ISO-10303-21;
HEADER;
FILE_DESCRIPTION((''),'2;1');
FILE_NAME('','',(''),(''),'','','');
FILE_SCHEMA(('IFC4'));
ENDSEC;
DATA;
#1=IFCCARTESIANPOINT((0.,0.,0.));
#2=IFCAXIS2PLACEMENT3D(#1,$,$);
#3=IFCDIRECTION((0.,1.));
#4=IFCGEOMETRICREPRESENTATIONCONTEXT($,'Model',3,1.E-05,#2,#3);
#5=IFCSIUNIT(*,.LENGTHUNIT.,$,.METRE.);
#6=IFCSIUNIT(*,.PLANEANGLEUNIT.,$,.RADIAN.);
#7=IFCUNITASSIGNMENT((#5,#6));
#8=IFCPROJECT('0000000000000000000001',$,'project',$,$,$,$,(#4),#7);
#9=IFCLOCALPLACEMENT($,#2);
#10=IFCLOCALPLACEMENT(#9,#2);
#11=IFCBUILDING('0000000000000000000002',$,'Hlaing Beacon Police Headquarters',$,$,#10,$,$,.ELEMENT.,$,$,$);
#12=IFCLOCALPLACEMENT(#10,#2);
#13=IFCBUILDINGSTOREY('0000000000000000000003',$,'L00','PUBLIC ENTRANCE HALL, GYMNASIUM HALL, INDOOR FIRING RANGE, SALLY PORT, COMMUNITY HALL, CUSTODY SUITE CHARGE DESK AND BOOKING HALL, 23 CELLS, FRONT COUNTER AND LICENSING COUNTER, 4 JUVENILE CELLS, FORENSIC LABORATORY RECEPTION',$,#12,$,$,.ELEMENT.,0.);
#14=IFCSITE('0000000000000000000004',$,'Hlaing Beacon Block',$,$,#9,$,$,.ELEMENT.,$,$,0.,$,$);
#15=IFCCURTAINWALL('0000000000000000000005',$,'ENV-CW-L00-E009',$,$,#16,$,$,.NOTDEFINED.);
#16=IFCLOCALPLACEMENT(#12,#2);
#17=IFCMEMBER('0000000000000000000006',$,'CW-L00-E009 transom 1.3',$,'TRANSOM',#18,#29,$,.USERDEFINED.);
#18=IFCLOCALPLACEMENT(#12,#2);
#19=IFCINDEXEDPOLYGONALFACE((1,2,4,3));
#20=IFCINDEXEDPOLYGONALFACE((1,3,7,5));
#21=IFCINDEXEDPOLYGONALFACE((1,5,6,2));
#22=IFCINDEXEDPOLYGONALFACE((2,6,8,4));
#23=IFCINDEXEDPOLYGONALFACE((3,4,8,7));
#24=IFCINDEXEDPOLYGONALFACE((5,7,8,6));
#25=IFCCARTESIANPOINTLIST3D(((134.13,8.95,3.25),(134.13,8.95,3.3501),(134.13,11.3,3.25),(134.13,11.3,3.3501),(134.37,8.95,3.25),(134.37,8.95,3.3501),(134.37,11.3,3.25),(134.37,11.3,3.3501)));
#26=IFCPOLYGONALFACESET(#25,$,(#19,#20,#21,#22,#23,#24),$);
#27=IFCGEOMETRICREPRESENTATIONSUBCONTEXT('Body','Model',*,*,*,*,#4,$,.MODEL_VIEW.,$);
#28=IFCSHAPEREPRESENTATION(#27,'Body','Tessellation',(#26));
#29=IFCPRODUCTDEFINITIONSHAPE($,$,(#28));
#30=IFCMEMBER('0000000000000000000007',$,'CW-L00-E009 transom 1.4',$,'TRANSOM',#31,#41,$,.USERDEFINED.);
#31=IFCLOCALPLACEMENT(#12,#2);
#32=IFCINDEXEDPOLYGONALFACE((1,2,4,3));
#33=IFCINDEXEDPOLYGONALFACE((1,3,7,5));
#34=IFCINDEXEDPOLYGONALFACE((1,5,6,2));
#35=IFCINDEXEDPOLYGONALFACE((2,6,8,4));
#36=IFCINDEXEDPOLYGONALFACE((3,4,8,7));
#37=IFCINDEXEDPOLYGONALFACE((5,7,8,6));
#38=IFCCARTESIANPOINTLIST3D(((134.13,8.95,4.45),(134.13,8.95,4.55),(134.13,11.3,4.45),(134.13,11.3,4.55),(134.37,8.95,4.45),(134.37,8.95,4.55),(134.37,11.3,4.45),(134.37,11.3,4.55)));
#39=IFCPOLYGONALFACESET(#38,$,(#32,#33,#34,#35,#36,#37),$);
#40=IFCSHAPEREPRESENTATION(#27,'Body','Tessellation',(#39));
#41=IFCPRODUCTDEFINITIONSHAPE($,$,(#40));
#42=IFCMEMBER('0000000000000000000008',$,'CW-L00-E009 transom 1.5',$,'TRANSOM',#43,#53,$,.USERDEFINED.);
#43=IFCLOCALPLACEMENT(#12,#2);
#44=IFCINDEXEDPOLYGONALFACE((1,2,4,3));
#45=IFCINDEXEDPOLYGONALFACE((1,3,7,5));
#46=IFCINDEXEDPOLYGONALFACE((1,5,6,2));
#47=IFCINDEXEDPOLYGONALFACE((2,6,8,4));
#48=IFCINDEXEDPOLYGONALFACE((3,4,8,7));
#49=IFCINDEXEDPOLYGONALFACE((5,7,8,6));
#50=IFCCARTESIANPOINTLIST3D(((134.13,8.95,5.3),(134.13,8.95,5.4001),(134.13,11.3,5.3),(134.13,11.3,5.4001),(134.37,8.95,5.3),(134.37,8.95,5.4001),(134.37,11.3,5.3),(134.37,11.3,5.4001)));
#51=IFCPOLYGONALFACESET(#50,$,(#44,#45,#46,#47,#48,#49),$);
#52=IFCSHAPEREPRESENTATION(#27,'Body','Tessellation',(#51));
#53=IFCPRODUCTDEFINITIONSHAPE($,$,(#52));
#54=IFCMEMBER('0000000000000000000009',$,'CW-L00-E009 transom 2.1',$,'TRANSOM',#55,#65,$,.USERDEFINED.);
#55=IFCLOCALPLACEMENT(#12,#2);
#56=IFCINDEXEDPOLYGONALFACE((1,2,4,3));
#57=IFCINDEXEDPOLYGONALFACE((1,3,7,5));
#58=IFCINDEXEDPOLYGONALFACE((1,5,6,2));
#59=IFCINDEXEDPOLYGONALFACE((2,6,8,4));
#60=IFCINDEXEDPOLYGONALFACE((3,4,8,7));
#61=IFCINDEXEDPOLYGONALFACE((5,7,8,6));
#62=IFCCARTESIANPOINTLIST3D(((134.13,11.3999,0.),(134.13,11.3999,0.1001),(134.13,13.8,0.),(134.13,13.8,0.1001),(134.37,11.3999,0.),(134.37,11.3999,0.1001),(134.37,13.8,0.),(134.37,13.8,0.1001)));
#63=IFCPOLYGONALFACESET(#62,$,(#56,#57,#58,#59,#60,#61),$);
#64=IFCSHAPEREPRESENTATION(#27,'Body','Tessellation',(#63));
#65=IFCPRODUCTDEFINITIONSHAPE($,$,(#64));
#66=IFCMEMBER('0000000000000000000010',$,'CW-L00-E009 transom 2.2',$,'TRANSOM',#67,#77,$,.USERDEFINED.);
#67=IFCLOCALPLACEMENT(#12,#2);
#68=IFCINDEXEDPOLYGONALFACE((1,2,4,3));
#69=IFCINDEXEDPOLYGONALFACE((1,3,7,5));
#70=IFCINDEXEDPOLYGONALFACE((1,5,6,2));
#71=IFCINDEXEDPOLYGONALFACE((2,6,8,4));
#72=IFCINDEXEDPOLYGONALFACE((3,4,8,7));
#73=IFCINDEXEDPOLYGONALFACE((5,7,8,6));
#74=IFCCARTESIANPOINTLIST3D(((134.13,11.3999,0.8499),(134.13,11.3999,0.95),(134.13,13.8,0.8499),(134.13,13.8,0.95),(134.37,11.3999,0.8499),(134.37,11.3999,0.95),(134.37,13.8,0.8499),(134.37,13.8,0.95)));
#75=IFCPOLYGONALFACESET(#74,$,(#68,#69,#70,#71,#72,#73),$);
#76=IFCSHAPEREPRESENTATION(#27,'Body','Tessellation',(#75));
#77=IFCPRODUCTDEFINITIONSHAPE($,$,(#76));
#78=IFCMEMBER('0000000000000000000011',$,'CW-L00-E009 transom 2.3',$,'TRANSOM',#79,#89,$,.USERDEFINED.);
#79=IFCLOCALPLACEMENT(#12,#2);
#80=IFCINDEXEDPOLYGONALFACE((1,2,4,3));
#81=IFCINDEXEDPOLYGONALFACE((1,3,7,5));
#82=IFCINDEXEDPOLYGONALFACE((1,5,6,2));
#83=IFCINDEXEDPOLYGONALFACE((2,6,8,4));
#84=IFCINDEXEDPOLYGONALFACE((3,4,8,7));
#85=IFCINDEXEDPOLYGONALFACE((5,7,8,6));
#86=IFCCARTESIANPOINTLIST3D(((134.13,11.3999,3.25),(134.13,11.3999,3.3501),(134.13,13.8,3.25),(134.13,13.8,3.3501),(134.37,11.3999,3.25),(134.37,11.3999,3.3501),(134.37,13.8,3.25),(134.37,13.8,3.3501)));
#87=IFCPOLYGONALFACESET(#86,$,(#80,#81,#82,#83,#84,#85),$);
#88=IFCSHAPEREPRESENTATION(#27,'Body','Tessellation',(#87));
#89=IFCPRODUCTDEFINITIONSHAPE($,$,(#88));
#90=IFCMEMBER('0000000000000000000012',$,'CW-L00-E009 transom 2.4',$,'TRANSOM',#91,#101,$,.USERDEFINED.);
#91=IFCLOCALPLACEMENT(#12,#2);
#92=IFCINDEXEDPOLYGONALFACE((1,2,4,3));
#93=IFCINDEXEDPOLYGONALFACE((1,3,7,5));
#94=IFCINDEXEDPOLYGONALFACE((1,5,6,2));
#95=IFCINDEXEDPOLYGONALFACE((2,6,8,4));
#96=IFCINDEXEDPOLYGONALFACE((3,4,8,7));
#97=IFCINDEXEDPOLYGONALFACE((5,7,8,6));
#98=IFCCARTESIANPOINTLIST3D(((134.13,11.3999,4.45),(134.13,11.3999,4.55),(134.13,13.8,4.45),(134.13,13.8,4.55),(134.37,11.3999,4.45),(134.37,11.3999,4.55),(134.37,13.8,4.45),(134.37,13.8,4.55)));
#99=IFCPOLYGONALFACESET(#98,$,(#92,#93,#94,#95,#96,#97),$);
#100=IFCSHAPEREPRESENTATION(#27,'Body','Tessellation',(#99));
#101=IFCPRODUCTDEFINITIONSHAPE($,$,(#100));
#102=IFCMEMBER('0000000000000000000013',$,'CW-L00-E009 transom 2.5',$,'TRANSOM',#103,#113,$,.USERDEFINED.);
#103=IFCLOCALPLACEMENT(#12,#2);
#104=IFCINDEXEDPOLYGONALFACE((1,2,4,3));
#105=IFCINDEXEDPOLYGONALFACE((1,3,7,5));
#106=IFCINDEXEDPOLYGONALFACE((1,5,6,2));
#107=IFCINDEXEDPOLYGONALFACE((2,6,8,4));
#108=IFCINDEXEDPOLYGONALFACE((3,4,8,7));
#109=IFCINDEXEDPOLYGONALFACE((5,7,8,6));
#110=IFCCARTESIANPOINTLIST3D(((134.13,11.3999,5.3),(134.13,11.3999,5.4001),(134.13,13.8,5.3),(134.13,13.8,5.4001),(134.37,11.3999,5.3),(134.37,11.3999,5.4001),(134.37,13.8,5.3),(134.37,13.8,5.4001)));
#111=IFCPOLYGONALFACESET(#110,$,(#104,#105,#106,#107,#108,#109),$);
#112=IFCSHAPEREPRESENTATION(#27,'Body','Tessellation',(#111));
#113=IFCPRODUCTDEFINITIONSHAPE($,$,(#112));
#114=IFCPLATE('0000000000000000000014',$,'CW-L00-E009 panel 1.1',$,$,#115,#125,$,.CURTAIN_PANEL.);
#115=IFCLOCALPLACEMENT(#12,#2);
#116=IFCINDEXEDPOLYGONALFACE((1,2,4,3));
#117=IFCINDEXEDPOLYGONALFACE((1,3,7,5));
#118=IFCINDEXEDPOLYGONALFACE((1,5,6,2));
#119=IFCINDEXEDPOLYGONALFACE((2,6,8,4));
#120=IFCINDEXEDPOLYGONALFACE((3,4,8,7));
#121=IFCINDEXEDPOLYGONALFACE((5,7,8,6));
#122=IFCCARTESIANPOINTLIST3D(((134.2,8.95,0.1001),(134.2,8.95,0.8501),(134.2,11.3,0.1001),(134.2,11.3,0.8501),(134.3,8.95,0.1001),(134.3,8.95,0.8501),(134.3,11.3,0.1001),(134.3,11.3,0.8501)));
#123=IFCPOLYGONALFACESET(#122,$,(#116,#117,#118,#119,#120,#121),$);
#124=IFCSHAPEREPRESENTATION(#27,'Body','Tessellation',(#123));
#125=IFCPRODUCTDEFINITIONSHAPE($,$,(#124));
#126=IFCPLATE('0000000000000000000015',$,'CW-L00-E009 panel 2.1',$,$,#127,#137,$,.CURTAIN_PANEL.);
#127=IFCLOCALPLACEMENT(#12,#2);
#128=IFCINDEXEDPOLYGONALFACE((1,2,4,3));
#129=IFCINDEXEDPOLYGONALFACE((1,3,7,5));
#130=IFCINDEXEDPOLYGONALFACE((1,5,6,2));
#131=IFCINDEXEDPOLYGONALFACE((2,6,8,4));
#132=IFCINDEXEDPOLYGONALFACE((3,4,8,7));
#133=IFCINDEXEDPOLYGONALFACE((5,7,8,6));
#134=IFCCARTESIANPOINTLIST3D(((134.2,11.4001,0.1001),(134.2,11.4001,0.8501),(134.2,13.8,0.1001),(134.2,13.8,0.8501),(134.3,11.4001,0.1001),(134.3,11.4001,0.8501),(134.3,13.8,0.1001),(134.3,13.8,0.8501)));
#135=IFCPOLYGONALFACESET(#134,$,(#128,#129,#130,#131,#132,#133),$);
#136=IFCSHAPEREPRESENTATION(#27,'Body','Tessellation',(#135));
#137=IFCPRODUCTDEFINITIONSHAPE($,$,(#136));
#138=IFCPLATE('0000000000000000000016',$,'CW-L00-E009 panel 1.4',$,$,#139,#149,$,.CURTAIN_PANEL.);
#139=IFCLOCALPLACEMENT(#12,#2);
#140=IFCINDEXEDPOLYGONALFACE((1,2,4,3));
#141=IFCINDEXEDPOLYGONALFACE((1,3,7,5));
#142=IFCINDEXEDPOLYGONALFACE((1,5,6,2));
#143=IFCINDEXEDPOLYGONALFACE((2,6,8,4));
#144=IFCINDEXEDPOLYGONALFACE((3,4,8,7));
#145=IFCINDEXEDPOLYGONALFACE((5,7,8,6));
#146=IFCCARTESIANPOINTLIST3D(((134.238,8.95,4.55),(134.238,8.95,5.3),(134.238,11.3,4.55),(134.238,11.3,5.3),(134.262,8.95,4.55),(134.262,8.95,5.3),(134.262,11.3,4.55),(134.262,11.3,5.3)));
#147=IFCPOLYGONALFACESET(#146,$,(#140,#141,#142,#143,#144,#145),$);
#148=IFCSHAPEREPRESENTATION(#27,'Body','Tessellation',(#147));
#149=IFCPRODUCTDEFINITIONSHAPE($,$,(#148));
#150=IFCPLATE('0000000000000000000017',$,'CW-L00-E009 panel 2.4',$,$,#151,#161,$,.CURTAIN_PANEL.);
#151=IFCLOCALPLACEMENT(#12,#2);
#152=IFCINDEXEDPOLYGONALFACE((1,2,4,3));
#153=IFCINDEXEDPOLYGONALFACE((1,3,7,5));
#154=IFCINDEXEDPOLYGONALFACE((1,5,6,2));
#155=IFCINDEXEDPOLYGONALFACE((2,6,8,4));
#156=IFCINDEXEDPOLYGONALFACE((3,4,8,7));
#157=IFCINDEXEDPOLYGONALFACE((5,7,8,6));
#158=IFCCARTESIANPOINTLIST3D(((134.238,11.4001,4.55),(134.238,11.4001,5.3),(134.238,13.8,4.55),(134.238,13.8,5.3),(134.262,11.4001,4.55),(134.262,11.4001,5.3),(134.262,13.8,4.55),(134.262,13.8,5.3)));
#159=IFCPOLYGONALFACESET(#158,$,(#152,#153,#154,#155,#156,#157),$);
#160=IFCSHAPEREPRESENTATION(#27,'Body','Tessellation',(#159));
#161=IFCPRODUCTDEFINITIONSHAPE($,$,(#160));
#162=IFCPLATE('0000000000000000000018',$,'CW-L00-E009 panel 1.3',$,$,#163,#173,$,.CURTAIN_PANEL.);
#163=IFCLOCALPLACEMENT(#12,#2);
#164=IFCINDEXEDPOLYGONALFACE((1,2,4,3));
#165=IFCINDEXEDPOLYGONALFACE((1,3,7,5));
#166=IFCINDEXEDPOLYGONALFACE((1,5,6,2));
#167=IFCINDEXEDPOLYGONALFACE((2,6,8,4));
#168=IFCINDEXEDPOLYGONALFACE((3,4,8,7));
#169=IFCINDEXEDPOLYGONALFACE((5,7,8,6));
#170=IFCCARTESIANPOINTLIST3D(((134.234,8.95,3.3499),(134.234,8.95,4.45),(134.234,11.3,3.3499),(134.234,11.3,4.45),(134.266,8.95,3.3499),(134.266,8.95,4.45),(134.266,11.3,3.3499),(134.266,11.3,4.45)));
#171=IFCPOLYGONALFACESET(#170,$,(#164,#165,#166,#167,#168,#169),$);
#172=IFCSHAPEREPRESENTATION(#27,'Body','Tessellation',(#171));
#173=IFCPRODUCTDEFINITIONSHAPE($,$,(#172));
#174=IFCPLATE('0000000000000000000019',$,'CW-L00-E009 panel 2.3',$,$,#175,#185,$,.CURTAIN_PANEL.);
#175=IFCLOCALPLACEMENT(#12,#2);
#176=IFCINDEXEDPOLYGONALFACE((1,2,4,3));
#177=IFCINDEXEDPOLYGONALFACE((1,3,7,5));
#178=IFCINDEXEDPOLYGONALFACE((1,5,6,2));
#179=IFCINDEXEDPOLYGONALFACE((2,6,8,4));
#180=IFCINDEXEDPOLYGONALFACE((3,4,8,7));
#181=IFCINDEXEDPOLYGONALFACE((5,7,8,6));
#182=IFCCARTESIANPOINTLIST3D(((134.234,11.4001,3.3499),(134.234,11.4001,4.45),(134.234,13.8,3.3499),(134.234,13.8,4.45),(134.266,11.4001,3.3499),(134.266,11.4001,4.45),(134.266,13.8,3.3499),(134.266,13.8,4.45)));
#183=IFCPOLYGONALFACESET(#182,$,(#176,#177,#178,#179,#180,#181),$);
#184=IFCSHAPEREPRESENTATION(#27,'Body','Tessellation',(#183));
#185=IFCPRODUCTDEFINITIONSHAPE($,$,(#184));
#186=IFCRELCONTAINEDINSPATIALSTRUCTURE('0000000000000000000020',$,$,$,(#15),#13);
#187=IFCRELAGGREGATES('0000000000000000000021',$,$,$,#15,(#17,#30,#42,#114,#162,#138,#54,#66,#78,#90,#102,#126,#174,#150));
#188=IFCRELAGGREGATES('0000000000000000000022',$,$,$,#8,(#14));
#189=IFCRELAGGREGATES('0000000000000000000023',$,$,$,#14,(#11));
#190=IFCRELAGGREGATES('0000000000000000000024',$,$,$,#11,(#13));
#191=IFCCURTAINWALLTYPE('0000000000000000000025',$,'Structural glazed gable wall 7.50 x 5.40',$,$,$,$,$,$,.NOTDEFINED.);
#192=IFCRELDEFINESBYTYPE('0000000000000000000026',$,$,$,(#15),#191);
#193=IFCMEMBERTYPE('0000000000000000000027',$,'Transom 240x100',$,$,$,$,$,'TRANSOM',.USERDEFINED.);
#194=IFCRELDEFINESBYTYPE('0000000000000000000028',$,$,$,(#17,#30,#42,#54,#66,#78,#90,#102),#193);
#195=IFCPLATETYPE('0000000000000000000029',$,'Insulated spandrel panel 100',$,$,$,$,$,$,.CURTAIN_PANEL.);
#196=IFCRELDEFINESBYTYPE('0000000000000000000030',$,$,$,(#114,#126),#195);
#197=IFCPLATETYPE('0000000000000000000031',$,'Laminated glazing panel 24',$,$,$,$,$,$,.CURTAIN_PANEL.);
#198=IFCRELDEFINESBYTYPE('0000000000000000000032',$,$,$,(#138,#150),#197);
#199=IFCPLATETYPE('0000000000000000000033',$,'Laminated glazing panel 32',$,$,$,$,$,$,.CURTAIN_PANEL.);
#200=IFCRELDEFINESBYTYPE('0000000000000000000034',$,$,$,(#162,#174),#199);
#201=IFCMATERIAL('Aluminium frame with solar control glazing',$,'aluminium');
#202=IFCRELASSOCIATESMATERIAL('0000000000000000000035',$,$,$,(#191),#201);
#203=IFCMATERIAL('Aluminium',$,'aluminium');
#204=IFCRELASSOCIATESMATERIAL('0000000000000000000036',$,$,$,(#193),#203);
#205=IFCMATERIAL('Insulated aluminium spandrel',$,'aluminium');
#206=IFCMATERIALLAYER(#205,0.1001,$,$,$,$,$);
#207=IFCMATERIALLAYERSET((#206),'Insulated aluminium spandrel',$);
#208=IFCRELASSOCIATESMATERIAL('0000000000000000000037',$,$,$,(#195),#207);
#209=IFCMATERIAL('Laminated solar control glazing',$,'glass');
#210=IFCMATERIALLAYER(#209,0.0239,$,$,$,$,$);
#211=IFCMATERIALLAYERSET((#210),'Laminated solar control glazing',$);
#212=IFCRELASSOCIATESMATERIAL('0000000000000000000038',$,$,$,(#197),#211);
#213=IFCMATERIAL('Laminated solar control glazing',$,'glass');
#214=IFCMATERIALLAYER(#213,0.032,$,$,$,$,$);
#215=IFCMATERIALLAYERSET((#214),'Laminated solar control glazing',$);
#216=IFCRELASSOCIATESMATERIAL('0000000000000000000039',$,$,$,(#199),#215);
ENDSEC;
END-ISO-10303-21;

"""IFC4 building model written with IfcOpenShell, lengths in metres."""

from ifc_helpers import new_model, si_unit, direction, frame, origin, origin_2d, place, context, subcontext, project, spatial, rectangle, extrude, material, layer, layer_set, material_profile, profile_set, type_object, element, aggregate, save


model = new_model("IFC4")

# Units and contexts
model_context = context("Model", 3, precision=1e-05, world=origin(), true_north=direction((0.0, 1.0)))
body_context = subcontext(model_context, "Body", "Model", "MODEL_VIEW")
ifc_project = project(units=[si_unit("LENGTHUNIT", "METRE"), si_unit("PLANEANGLEUNIT", "RADIAN")], contexts=[model_context])

# Site, building, storey
site_placement = place(None, origin())
site = spatial("IfcSite", under=ifc_project, at=site_placement, Name="Hlaing Beacon Block", CompositionType="ELEMENT", RefElevation=0.0)
building_placement = place(site_placement, origin())
building = spatial("IfcBuilding", under=site, at=building_placement, Name="Hlaing Beacon Police Headquarters", CompositionType="ELEMENT")
storey_placement = place(building_placement, origin())
storey = spatial("IfcBuildingStorey", under=building, at=storey_placement, Name="L00", Description="PUBLIC ENTRANCE HALL, GYMNASIUM HALL, INDOOR FIRING RANGE, SALLY PORT, COMMUNITY HALL, CUSTODY SUITE CHARGE DESK AND BOOKING HALL, 23 CELLS, FRONT COUNTER AND LICENSING COUNTER, 4 JUVENILE CELLS, FORENSIC LABORATORY RECEPTION", CompositionType="ELEMENT", Elevation=0.0)

# Curtain wall, members, plates
ifc_material_1 = material(Name="Aluminium frame with solar control glazing", Category="aluminium")
curtain_wall_type = type_object("IfcCurtainWallType", Name="Structural glazed gable wall 7.50 x 5.40", PredefinedType="NOTDEFINED", material=ifc_material_1)
curtain_wall_placement = place(storey_placement, origin())
curtain_wall = element("IfcCurtainWall", 1, at=curtain_wall_placement, inside=storey, type_object=curtain_wall_type, Name="ENV-CW-L00-E009", PredefinedType="NOTDEFINED")
ifc_material_2 = material(Name="Aluminium", Category="aluminium")
ifc_material_profile_1 = material_profile(ifc_material_2, rectangle(XDim=0.24, YDim=0.1001, at=origin_2d()), Name="Transom 240x100")
ifc_profile_set_1 = profile_set([ifc_material_profile_1], Name="Aluminium")
member_type_1 = type_object("IfcMemberType", Name="Transom 240x100", ElementType="TRANSOM", PredefinedType="USERDEFINED", material=ifc_profile_set_1)
member_1_placement = place(storey_placement, frame((134.25, 8.95, 3.3), z_axis=(0.0, 1.0, 0.0), x_axis=(-1.0, 0.0, 0.0)))
member_1 = element("IfcMember", 2, at=member_1_placement, type_object=member_type_1, Name="CW-L00-E009 transom 1.3", ObjectType="TRANSOM", PredefinedType="USERDEFINED", context=body_context, shape_type="SweptSolid", body=[
    extrude(rectangle(XDim=0.24, YDim=0.1001, at=origin_2d()), origin(), (0.0, 0.0, 1.0), 2.3501),
])
member_2_placement = place(storey_placement, frame((134.25, 8.95, 4.5), z_axis=(0.0, 1.0, 0.0), x_axis=(-1.0, 0.0, 0.0)))
member_2 = element("IfcMember", 3, at=member_2_placement, type_object=member_type_1, Name="CW-L00-E009 transom 1.4", ObjectType="TRANSOM", PredefinedType="USERDEFINED", context=body_context, shape_type="SweptSolid", body=[
    extrude(rectangle(XDim=0.24, YDim=0.1001, at=origin_2d()), origin(), (0.0, 0.0, 1.0), 2.3501),
])
member_3_placement = place(storey_placement, frame((134.25, 8.95, 5.3501), z_axis=(0.0, 1.0, 0.0), x_axis=(-1.0, 0.0, 0.0)))
member_3 = element("IfcMember", 4, at=member_3_placement, type_object=member_type_1, Name="CW-L00-E009 transom 1.5", ObjectType="TRANSOM", PredefinedType="USERDEFINED", context=body_context, shape_type="SweptSolid", body=[
    extrude(rectangle(XDim=0.24, YDim=0.1001, at=origin_2d()), origin(), (0.0, 0.0, 1.0), 2.3501),
])
member_4_placement = place(storey_placement, frame((134.25, 11.3999, 0.05), z_axis=(0.0, 1.0, 0.0), x_axis=(-1.0, 0.0, 0.0)))
member_4 = element("IfcMember", 5, at=member_4_placement, type_object=member_type_1, Name="CW-L00-E009 transom 2.1", ObjectType="TRANSOM", PredefinedType="USERDEFINED", context=body_context, shape_type="SweptSolid", body=[
    extrude(rectangle(XDim=0.24, YDim=0.1001, at=origin_2d()), origin(), (0.0, 0.0, 1.0), 2.4001),
])
member_5_placement = place(storey_placement, frame((134.25, 11.3999, 0.8999), z_axis=(0.0, 1.0, 0.0), x_axis=(-1.0, 0.0, 0.0)))
member_5 = element("IfcMember", 6, at=member_5_placement, type_object=member_type_1, Name="CW-L00-E009 transom 2.2", ObjectType="TRANSOM", PredefinedType="USERDEFINED", context=body_context, shape_type="SweptSolid", body=[
    extrude(rectangle(XDim=0.24, YDim=0.1001, at=origin_2d()), origin(), (0.0, 0.0, 1.0), 2.4001),
])
member_6_placement = place(storey_placement, frame((134.25, 11.3999, 3.3), z_axis=(0.0, 1.0, 0.0), x_axis=(-1.0, 0.0, 0.0)))
member_6 = element("IfcMember", 7, at=member_6_placement, type_object=member_type_1, Name="CW-L00-E009 transom 2.3", ObjectType="TRANSOM", PredefinedType="USERDEFINED", context=body_context, shape_type="SweptSolid", body=[
    extrude(rectangle(XDim=0.24, YDim=0.1001, at=origin_2d()), origin(), (0.0, 0.0, 1.0), 2.4001),
])
member_7_placement = place(storey_placement, frame((134.25, 11.3999, 4.5), z_axis=(0.0, 1.0, 0.0), x_axis=(-1.0, 0.0, 0.0)))
member_7 = element("IfcMember", 8, at=member_7_placement, type_object=member_type_1, Name="CW-L00-E009 transom 2.4", ObjectType="TRANSOM", PredefinedType="USERDEFINED", context=body_context, shape_type="SweptSolid", body=[
    extrude(rectangle(XDim=0.24, YDim=0.1001, at=origin_2d()), origin(), (0.0, 0.0, 1.0), 2.4001),
])
member_8_placement = place(storey_placement, frame((134.25, 11.3999, 5.3501), z_axis=(0.0, 1.0, 0.0), x_axis=(-1.0, 0.0, 0.0)))
member_8 = element("IfcMember", 9, at=member_8_placement, type_object=member_type_1, Name="CW-L00-E009 transom 2.5", ObjectType="TRANSOM", PredefinedType="USERDEFINED", context=body_context, shape_type="SweptSolid", body=[
    extrude(rectangle(XDim=0.24, YDim=0.1001, at=origin_2d()), origin(), (0.0, 0.0, 1.0), 2.4001),
])
ifc_material_3 = material(Name="Insulated aluminium spandrel", Category="aluminium")
ifc_layer_1 = layer(ifc_material_3, 0.1001)
ifc_layer_set_1 = layer_set([ifc_layer_1], Name="Insulated aluminium spandrel")
plate_type_1 = type_object("IfcPlateType", Name="Insulated spandrel panel 100", PredefinedType="CURTAIN_PANEL", material=ifc_layer_set_1)
plate_1_placement = place(storey_placement, frame((134.25, 10.125, 0.1001), z_axis=(0.0, 0.0, 1.0), x_axis=(0.0, 1.0, 0.0)))
plate_1 = element("IfcPlate", 10, at=plate_1_placement, type_object=plate_type_1, Name="CW-L00-E009 panel 1.1", PredefinedType="CURTAIN_PANEL", context=body_context, shape_type="SweptSolid", body=[
    extrude(rectangle(XDim=2.3501, YDim=0.1001, at=origin_2d()), origin(), (0.0, 0.0, 1.0), 0.75),
])
plate_2_placement = place(storey_placement, frame((134.25, 12.6001, 0.1001), z_axis=(0.0, 0.0, 1.0), x_axis=(0.0, 1.0, 0.0)))
plate_2 = element("IfcPlate", 11, at=plate_2_placement, type_object=plate_type_1, Name="CW-L00-E009 panel 2.1", PredefinedType="CURTAIN_PANEL", context=body_context, shape_type="SweptSolid", body=[
    extrude(rectangle(XDim=2.3999, YDim=0.1001, at=origin_2d()), origin(), (0.0, 0.0, 1.0), 0.75),
])
ifc_material_4 = material(Name="Laminated solar control glazing", Category="glass")
ifc_layer_2 = layer(ifc_material_4, 0.0239)
ifc_layer_set_2 = layer_set([ifc_layer_2], Name="Laminated solar control glazing")
plate_type_2 = type_object("IfcPlateType", Name="Laminated glazing panel 24", PredefinedType="CURTAIN_PANEL", material=ifc_layer_set_2)
plate_3_placement = place(storey_placement, frame((134.25, 10.125, 4.55), z_axis=(0.0, 0.0, 1.0), x_axis=(0.0, 1.0, 0.0)))
plate_3 = element("IfcPlate", 12, at=plate_3_placement, type_object=plate_type_2, Name="CW-L00-E009 panel 1.4", PredefinedType="CURTAIN_PANEL", context=body_context, shape_type="SweptSolid", body=[
    extrude(rectangle(XDim=2.3501, YDim=0.0239, at=origin_2d()), origin(), (0.0, 0.0, 1.0), 0.75),
])
plate_4_placement = place(storey_placement, frame((134.25, 12.6001, 4.55), z_axis=(0.0, 0.0, 1.0), x_axis=(0.0, 1.0, 0.0)))
plate_4 = element("IfcPlate", 13, at=plate_4_placement, type_object=plate_type_2, Name="CW-L00-E009 panel 2.4", PredefinedType="CURTAIN_PANEL", context=body_context, shape_type="SweptSolid", body=[
    extrude(rectangle(XDim=2.3999, YDim=0.0239, at=origin_2d()), origin(), (0.0, 0.0, 1.0), 0.75),
])
ifc_material_5 = material(Name="Laminated solar control glazing", Category="glass")
ifc_layer_3 = layer(ifc_material_5, 0.032)
ifc_layer_set_3 = layer_set([ifc_layer_3], Name="Laminated solar control glazing")
plate_type_3 = type_object("IfcPlateType", Name="Laminated glazing panel 32", PredefinedType="CURTAIN_PANEL", material=ifc_layer_set_3)
plate_5_placement = place(storey_placement, frame((134.25, 10.125, 3.3499), z_axis=(0.0, 0.0, 1.0), x_axis=(0.0, 1.0, 0.0)))
plate_5 = element("IfcPlate", 14, at=plate_5_placement, type_object=plate_type_3, Name="CW-L00-E009 panel 1.3", PredefinedType="CURTAIN_PANEL", context=body_context, shape_type="SweptSolid", body=[
    extrude(rectangle(XDim=2.3501, YDim=0.032, at=origin_2d()), origin(), (0.0, 0.0, 1.0), 1.1001),
])
plate_6_placement = place(storey_placement, frame((134.25, 12.6001, 3.3499), z_axis=(0.0, 0.0, 1.0), x_axis=(0.0, 1.0, 0.0)))
plate_6 = element("IfcPlate", 15, at=plate_6_placement, type_object=plate_type_3, Name="CW-L00-E009 panel 2.3", PredefinedType="CURTAIN_PANEL", context=body_context, shape_type="SweptSolid", body=[
    extrude(rectangle(XDim=2.3999, YDim=0.032, at=origin_2d()), origin(), (0.0, 0.0, 1.0), 1.1001),
])
aggregate(curtain_wall, [member_1, member_2, member_3, plate_1, plate_5, plate_3, member_4, member_5, member_6, member_7, member_8, plate_2, plate_6, plate_4])

save(model, "model.ifc")
